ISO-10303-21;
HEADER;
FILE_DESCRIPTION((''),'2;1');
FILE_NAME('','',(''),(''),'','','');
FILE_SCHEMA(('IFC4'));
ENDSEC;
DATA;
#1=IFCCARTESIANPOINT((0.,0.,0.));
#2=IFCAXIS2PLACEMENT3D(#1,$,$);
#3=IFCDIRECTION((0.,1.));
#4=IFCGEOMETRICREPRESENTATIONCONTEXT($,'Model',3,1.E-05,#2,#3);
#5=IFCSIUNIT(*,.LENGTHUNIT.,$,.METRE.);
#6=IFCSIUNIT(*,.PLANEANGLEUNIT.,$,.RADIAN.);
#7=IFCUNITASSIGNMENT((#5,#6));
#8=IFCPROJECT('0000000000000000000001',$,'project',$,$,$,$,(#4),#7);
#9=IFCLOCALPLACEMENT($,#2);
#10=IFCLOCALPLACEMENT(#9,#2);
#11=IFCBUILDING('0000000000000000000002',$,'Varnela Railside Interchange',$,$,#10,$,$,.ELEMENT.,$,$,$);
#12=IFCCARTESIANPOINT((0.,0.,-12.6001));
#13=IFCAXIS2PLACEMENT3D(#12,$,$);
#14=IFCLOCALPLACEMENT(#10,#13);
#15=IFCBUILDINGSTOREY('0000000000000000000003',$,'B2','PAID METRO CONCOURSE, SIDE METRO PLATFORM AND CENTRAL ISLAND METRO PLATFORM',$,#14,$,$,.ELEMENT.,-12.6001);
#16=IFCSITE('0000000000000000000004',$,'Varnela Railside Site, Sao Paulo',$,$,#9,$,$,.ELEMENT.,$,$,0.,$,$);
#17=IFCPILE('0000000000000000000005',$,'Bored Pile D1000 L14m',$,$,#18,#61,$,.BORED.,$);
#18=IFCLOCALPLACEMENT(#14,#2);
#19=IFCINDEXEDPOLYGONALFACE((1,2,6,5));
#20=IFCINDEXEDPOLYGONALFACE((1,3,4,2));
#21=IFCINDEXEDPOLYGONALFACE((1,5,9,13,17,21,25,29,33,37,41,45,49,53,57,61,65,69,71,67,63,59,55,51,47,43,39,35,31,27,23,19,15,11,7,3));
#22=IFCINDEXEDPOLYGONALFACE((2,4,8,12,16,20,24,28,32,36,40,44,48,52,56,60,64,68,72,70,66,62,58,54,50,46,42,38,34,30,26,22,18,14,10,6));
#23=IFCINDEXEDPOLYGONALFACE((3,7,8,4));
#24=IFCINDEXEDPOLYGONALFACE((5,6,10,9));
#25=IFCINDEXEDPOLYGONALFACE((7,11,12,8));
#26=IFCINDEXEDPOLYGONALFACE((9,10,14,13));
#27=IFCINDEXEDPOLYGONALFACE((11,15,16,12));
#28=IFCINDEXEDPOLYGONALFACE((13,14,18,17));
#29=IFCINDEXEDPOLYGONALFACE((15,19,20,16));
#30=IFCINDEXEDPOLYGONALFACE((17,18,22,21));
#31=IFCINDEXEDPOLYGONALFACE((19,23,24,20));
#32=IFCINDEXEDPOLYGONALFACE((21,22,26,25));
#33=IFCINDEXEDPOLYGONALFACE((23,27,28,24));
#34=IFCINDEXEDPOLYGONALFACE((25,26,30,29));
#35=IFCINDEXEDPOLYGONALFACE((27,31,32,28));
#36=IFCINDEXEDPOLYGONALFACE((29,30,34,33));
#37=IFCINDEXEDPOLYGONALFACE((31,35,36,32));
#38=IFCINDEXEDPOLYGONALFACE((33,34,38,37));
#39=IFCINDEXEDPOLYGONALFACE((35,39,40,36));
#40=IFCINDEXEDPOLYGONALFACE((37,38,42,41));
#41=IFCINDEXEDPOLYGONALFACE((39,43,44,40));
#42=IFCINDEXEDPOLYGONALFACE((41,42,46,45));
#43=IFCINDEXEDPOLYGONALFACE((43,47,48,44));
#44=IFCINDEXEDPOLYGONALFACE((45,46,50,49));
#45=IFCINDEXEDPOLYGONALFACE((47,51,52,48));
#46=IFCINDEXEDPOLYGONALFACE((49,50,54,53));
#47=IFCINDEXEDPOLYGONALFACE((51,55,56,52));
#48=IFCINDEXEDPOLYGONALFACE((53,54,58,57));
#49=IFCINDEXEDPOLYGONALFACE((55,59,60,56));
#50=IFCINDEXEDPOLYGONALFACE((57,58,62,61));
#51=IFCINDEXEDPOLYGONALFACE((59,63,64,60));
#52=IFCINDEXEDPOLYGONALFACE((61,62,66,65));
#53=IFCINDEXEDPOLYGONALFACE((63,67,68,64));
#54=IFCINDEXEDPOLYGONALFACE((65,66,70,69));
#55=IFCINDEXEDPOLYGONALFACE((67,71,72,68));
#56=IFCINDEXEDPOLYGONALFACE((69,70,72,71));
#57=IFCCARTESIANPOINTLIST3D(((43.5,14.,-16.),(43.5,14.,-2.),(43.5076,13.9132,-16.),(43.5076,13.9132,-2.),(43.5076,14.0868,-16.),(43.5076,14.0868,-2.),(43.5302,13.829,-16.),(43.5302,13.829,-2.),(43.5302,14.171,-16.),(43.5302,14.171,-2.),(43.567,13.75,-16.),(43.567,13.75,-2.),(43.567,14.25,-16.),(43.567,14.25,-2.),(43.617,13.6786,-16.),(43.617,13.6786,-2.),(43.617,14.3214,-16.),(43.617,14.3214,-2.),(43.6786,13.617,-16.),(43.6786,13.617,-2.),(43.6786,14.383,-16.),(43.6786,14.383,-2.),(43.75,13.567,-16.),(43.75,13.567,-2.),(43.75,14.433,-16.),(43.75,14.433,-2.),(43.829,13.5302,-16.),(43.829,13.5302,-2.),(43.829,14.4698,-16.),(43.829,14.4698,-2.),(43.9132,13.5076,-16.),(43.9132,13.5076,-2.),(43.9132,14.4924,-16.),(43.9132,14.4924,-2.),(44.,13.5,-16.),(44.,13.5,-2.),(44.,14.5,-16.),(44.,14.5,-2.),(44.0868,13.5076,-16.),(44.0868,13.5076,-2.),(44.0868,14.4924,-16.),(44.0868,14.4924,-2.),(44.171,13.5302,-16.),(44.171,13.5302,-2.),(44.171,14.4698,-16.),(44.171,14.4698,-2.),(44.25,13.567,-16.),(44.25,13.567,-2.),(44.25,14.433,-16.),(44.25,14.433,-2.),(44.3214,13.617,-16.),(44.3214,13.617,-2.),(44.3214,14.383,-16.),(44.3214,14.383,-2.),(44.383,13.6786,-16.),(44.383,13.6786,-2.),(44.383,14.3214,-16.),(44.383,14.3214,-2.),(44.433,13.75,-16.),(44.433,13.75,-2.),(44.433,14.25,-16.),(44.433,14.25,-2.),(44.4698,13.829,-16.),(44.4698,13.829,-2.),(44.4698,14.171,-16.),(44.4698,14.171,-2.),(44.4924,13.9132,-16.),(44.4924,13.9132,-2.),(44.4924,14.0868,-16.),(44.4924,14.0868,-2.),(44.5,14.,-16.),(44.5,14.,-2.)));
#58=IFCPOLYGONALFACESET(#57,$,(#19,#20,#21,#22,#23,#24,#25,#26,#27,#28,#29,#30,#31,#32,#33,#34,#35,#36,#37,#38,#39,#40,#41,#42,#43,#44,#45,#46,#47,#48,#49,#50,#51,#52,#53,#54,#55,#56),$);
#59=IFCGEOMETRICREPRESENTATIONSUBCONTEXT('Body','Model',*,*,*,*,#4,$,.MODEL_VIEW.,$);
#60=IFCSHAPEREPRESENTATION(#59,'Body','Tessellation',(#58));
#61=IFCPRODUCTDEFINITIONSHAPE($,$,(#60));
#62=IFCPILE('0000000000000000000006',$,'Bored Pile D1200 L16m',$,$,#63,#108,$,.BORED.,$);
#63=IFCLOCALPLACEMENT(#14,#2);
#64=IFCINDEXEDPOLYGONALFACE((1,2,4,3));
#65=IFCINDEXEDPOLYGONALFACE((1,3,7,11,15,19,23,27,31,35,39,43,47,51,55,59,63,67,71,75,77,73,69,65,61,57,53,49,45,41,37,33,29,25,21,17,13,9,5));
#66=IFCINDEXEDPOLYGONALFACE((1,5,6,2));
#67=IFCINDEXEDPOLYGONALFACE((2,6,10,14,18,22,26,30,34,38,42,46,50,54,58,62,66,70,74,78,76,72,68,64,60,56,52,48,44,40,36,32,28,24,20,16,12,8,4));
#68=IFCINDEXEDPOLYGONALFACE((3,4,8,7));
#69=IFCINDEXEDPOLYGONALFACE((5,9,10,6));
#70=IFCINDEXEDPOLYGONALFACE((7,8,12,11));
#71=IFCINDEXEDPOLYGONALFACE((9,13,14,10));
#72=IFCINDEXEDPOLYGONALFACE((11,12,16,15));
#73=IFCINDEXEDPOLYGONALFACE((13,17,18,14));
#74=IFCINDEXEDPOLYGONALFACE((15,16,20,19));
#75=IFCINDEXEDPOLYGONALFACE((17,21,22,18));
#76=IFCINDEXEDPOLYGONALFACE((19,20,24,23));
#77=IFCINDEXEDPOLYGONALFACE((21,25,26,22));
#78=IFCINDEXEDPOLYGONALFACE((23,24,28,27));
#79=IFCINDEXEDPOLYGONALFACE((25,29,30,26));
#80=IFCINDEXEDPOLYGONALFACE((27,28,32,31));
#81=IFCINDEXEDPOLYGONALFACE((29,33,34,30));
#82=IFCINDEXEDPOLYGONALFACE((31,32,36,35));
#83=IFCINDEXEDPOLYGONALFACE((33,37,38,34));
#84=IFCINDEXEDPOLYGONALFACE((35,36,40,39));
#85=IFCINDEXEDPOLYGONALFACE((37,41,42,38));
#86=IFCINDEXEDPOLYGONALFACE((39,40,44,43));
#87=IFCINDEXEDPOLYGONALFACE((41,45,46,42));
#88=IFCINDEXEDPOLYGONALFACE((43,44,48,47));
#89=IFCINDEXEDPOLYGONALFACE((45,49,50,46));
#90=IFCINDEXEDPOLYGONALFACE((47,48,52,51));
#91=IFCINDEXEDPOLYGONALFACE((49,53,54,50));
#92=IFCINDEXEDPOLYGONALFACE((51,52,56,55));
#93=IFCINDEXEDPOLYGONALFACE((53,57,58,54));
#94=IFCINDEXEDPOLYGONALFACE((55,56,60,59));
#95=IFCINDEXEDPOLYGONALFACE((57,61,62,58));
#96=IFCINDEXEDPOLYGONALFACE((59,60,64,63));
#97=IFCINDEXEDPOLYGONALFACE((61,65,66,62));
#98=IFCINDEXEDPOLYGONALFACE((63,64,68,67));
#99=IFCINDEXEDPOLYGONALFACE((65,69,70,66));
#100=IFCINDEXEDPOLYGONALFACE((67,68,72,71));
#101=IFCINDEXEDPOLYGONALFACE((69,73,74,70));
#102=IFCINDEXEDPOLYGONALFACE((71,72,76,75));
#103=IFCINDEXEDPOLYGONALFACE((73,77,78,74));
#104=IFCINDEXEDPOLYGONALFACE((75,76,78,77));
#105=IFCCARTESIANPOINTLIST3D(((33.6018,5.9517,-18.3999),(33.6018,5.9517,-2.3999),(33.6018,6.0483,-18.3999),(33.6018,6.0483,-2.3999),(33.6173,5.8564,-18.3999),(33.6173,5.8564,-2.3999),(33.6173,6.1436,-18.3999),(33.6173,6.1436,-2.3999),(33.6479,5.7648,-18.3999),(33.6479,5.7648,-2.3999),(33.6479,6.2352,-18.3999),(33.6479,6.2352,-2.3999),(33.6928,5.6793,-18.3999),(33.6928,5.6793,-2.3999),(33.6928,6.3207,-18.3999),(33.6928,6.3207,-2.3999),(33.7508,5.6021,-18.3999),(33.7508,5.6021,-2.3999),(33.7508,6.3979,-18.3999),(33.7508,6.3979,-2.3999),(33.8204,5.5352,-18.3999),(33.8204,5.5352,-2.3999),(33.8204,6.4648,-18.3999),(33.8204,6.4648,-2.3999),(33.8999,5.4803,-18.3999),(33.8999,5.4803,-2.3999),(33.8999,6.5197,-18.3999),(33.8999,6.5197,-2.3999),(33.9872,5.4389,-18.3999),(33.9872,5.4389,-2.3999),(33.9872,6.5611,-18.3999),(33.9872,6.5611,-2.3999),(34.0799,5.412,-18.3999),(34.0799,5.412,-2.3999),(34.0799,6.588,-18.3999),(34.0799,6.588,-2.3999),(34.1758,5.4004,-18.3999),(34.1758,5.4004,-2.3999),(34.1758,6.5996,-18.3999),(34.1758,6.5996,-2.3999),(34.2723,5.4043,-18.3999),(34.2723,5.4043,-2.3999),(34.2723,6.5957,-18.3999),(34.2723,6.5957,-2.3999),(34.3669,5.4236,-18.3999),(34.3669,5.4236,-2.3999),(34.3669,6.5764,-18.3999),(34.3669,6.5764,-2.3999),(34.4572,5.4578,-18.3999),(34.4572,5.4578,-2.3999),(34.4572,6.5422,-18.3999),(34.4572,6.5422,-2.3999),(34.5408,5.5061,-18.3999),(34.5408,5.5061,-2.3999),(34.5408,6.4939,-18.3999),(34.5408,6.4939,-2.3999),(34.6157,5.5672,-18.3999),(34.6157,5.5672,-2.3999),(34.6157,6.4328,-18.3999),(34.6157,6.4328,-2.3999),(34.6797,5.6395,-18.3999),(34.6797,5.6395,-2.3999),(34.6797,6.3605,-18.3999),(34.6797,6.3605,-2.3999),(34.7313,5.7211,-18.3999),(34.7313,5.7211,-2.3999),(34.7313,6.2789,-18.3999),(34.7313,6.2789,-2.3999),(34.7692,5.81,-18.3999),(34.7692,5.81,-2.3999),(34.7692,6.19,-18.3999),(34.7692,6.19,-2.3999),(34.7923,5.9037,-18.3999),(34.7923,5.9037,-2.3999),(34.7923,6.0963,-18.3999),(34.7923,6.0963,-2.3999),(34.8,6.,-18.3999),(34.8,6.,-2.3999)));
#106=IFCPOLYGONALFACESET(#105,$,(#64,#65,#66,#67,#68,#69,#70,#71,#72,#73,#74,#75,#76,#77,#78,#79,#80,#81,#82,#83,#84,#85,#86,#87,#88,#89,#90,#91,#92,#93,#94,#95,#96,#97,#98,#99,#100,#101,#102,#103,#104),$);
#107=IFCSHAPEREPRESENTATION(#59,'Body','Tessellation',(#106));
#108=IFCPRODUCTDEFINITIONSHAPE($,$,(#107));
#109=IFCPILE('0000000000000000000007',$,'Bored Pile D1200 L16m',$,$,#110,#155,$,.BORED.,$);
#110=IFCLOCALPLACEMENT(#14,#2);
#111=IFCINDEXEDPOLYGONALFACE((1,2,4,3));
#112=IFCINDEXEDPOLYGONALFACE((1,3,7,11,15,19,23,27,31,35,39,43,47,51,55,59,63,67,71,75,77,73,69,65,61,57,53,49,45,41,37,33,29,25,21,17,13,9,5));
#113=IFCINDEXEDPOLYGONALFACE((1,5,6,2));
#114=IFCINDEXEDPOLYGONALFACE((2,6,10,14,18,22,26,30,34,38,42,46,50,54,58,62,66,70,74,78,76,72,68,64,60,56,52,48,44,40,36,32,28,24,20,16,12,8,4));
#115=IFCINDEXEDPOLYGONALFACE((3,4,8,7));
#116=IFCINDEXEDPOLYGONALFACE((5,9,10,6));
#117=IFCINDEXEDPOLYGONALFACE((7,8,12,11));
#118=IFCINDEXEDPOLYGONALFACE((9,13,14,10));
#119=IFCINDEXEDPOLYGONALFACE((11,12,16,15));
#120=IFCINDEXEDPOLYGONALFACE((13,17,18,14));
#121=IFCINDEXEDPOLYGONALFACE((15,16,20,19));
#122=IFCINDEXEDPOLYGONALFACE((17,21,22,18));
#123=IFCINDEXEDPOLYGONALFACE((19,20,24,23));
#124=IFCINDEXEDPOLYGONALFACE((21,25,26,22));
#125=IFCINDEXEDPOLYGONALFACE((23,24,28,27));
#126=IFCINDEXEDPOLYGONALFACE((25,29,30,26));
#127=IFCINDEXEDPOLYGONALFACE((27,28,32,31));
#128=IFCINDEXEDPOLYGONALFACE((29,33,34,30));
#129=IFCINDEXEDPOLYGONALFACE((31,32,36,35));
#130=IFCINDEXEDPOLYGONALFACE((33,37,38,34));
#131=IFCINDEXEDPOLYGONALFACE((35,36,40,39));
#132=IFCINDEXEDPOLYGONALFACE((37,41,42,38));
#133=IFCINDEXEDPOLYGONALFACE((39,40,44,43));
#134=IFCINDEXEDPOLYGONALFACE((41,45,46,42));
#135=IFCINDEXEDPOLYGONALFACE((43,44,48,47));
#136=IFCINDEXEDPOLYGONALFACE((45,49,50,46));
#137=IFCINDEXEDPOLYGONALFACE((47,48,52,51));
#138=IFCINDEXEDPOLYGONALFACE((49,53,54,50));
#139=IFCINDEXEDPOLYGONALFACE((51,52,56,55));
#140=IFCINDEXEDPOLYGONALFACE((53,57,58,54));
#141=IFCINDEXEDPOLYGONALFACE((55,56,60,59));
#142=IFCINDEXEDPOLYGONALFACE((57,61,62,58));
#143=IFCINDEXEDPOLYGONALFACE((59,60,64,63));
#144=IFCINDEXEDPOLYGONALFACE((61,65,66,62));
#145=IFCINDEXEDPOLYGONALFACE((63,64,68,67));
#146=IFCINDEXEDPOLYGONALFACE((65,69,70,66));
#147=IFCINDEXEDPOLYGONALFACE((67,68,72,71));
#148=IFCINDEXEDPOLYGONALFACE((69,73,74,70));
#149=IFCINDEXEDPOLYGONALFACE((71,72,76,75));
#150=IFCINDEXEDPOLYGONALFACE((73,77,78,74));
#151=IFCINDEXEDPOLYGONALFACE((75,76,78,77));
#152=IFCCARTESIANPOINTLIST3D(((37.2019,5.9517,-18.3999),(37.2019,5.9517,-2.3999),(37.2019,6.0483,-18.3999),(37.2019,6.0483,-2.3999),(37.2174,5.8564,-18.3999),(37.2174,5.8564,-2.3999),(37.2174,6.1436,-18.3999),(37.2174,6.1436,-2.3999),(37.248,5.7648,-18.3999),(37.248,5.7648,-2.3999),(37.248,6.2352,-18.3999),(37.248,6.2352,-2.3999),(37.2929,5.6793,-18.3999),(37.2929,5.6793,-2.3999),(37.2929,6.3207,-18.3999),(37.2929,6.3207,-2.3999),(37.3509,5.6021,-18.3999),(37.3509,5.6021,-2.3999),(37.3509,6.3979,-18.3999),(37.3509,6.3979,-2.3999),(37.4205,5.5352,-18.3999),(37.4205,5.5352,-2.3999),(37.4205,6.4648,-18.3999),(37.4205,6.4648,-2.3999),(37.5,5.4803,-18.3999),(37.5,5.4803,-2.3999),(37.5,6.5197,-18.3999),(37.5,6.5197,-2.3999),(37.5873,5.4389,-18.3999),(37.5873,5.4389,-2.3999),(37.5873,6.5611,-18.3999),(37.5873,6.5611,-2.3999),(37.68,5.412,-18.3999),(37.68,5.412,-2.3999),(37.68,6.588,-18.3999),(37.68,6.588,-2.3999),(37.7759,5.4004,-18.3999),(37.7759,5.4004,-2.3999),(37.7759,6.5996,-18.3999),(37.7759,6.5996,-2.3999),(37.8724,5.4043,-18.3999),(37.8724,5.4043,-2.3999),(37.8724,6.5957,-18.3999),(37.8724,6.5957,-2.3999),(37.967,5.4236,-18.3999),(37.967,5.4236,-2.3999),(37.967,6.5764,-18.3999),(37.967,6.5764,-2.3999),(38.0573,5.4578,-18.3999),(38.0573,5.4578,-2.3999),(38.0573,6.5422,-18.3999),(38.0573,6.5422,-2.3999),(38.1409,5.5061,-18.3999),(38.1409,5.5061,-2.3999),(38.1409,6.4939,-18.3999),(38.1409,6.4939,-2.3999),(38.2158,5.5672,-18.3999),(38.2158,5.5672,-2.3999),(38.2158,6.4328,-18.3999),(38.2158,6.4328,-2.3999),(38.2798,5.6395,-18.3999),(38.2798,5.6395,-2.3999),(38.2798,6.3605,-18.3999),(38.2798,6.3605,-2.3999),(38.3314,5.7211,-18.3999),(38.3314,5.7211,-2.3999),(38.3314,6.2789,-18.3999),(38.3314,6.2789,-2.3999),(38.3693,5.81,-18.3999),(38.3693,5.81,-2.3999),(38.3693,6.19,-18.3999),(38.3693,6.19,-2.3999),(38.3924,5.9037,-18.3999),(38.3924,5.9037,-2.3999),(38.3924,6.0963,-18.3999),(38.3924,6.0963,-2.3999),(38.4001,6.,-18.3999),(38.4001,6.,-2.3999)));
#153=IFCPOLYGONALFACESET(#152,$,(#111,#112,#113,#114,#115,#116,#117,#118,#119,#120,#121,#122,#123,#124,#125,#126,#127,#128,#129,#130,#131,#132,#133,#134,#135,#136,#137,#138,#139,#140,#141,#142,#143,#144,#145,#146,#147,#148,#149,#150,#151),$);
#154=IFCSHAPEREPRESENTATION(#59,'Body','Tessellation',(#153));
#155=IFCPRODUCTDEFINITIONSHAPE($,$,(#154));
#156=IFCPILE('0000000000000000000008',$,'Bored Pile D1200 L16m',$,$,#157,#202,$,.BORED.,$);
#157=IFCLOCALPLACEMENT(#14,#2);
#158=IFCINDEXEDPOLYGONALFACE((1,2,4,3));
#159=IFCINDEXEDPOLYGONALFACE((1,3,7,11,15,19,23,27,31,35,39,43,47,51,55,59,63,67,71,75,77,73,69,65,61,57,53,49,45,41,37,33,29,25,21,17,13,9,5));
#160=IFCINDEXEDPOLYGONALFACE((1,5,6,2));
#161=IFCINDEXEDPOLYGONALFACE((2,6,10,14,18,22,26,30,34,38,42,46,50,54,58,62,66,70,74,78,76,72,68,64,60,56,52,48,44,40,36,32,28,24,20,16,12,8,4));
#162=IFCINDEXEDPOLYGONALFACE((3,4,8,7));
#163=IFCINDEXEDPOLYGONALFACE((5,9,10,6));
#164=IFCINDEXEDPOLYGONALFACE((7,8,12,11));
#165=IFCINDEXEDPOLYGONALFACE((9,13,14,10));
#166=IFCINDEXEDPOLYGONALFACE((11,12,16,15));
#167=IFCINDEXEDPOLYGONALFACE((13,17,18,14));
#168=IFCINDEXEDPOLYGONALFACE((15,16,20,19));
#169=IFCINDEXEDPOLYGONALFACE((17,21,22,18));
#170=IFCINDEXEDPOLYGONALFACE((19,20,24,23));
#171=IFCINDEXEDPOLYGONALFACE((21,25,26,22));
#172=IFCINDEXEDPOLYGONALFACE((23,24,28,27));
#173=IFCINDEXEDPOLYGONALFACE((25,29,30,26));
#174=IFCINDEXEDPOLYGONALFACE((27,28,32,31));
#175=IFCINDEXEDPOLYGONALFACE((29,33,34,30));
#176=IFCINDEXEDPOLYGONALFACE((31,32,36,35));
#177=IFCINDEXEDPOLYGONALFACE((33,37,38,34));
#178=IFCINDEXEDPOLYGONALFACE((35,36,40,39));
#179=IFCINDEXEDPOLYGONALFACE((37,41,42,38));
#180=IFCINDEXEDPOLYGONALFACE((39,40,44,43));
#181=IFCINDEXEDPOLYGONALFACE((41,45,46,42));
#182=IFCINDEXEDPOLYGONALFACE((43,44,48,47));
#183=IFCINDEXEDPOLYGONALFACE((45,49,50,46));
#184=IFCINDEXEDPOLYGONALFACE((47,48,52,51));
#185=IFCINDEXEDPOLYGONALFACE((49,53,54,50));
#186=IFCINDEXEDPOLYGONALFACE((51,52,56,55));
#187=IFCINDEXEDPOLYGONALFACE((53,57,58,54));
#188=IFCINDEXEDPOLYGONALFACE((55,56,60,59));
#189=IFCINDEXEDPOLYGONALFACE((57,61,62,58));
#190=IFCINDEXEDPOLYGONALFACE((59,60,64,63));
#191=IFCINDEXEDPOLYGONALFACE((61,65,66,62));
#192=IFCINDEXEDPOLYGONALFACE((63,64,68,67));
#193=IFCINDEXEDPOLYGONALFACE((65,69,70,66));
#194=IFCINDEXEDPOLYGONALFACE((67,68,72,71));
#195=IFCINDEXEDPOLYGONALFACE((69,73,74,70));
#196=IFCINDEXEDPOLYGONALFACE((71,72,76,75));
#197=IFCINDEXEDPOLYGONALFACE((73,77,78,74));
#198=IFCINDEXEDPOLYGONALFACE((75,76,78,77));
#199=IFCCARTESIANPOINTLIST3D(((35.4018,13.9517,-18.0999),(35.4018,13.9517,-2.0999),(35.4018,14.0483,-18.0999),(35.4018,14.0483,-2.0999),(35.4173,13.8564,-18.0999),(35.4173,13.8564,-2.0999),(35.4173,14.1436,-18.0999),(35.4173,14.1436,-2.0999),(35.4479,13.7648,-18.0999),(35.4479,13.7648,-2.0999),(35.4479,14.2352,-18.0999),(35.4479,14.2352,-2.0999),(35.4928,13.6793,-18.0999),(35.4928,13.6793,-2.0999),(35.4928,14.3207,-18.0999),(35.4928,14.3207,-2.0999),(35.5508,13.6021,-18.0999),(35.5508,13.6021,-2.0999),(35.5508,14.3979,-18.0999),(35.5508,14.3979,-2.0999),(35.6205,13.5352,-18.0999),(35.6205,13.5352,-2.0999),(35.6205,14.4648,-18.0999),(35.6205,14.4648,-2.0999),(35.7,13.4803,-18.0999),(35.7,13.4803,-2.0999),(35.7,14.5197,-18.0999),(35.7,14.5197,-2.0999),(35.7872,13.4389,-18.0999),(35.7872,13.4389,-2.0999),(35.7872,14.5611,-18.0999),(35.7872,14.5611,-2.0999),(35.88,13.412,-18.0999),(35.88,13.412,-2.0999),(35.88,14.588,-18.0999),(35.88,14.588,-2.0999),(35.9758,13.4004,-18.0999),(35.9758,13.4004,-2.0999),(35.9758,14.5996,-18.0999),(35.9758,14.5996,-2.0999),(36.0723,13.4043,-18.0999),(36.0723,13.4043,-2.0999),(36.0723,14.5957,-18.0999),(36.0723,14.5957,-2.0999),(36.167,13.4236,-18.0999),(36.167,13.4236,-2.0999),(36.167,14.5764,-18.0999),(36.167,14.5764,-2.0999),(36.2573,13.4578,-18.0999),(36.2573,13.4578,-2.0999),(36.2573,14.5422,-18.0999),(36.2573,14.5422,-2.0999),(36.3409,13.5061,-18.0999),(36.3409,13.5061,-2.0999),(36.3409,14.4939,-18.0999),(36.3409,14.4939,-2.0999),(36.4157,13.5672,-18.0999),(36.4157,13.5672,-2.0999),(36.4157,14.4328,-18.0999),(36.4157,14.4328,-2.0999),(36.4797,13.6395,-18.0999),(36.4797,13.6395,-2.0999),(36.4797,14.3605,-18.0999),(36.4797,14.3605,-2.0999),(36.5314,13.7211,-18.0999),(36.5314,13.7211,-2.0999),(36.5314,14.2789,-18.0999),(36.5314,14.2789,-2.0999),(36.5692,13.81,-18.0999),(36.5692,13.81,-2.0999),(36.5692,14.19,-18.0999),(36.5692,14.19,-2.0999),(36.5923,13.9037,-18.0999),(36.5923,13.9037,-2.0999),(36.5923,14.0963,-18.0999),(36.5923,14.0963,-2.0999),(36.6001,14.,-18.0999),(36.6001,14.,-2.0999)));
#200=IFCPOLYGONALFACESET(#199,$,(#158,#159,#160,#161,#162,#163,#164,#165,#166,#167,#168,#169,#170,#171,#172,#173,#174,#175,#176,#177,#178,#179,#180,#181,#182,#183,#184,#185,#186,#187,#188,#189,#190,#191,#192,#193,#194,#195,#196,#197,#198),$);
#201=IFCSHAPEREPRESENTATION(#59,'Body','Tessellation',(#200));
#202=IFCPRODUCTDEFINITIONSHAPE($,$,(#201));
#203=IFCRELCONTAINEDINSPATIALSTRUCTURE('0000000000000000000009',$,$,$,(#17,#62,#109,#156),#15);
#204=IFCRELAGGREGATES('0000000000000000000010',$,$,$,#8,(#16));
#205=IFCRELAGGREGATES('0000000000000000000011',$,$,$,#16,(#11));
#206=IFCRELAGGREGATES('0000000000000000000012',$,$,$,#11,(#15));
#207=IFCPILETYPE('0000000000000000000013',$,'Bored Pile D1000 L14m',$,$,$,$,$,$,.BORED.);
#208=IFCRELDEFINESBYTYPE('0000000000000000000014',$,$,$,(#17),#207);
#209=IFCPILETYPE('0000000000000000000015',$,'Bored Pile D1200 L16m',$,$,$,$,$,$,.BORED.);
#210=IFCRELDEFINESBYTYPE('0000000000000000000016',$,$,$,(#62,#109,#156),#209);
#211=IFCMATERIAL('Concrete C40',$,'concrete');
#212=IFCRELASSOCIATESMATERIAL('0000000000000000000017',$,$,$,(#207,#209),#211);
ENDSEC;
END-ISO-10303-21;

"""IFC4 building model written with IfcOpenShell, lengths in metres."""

from ifc_helpers import new_model, si_unit, direction, frame, origin, origin_2d, place, context, subcontext, project, spatial, circle, extrude, material, material_profile, profile_set, type_object, element, save


model = new_model("IFC4")

# Units and contexts
model_context = context("Model", 3, precision=1e-05, world=origin(), true_north=direction((0.0, 1.0)))
body_context = subcontext(model_context, "Body", "Model", "MODEL_VIEW")
ifc_project = project(units=[si_unit("LENGTHUNIT", "METRE"), si_unit("PLANEANGLEUNIT", "RADIAN")], contexts=[model_context])

# Site, building, storey
site_placement = place(None, origin())
site = spatial("IfcSite", under=ifc_project, at=site_placement, Name="Varnela Railside Site, Sao Paulo", CompositionType="ELEMENT", RefElevation=0.0)
building_placement = place(site_placement, origin())
building = spatial("IfcBuilding", under=site, at=building_placement, Name="Varnela Railside Interchange", CompositionType="ELEMENT")
storey_placement = place(building_placement, frame((0.0, 0.0, -12.6001)))
storey = spatial("IfcBuildingStorey", under=building, at=storey_placement, Name="B2", Description="PAID METRO CONCOURSE, SIDE METRO PLATFORM AND CENTRAL ISLAND METRO PLATFORM", CompositionType="ELEMENT", Elevation=-12.6001)

# Piles
ifc_material_1 = material(Name="Concrete C40", Category="concrete")
ifc_material_profile_1 = material_profile(ifc_material_1, circle(Radius=0.5, at=origin_2d()), Name="BORED PILE D1000")
ifc_profile_set_1 = profile_set([ifc_material_profile_1], Name="Concrete C40")
pile_type_1 = type_object("IfcPileType", Name="Bored Pile D1000 L14m", PredefinedType="BORED", material=ifc_profile_set_1)
pile_placement = place(storey_placement, frame((44.0, 14.0, -2.0), z_axis=(0.0, 0.0, -1.0), x_axis=(1.0, 0.0, 0.0)))
element("IfcPile", 1, at=pile_placement, inside=storey, type_object=pile_type_1, Name="Bored Pile D1000 L14m", PredefinedType="BORED", context=body_context, shape_type="SweptSolid", body=[
    extrude(circle(Radius=0.5, at=origin_2d()), origin(), (0.0, 0.0, 1.0), 14.0),
])
ifc_material_profile_2 = material_profile(ifc_material_1, circle(Radius=0.6001, at=origin_2d()), Name="BORED PILE D1200")
ifc_profile_set_2 = profile_set([ifc_material_profile_2], Name="Concrete C40")
pile_type_2 = type_object("IfcPileType", Name="Bored Pile D1200 L16m", PredefinedType="BORED", material=ifc_profile_set_2)
for number, where, z_axis, x_axis, name in (
    (2, (34.2, 6.0, -2.3999), (0.0, 0.0, -1.0), (1.0, 0.0, 0.0), "Bored Pile D1200 L16m"),
    (3, (37.8, 6.0, -2.3999), (0.0, 0.0, -1.0), (1.0, 0.0, 0.0), "Bored Pile D1200 L16m"),
    (4, (36.0, 14.0, -2.0999), (0.0, 0.0, -1.0), (1.0, 0.0, 0.0), "Bored Pile D1200 L16m"),
):
    element("IfcPile", number, at=place(storey_placement, frame(where, z_axis=z_axis, x_axis=x_axis)), inside=storey, type_object=pile_type_2, Name=name, PredefinedType="BORED", context=body_context, shape_type="SweptSolid", body=[
        extrude(circle(Radius=0.6001, at=origin_2d()), origin(), (0.0, 0.0, 1.0), 16.0),
    ])

save(model, "model.ifc")
